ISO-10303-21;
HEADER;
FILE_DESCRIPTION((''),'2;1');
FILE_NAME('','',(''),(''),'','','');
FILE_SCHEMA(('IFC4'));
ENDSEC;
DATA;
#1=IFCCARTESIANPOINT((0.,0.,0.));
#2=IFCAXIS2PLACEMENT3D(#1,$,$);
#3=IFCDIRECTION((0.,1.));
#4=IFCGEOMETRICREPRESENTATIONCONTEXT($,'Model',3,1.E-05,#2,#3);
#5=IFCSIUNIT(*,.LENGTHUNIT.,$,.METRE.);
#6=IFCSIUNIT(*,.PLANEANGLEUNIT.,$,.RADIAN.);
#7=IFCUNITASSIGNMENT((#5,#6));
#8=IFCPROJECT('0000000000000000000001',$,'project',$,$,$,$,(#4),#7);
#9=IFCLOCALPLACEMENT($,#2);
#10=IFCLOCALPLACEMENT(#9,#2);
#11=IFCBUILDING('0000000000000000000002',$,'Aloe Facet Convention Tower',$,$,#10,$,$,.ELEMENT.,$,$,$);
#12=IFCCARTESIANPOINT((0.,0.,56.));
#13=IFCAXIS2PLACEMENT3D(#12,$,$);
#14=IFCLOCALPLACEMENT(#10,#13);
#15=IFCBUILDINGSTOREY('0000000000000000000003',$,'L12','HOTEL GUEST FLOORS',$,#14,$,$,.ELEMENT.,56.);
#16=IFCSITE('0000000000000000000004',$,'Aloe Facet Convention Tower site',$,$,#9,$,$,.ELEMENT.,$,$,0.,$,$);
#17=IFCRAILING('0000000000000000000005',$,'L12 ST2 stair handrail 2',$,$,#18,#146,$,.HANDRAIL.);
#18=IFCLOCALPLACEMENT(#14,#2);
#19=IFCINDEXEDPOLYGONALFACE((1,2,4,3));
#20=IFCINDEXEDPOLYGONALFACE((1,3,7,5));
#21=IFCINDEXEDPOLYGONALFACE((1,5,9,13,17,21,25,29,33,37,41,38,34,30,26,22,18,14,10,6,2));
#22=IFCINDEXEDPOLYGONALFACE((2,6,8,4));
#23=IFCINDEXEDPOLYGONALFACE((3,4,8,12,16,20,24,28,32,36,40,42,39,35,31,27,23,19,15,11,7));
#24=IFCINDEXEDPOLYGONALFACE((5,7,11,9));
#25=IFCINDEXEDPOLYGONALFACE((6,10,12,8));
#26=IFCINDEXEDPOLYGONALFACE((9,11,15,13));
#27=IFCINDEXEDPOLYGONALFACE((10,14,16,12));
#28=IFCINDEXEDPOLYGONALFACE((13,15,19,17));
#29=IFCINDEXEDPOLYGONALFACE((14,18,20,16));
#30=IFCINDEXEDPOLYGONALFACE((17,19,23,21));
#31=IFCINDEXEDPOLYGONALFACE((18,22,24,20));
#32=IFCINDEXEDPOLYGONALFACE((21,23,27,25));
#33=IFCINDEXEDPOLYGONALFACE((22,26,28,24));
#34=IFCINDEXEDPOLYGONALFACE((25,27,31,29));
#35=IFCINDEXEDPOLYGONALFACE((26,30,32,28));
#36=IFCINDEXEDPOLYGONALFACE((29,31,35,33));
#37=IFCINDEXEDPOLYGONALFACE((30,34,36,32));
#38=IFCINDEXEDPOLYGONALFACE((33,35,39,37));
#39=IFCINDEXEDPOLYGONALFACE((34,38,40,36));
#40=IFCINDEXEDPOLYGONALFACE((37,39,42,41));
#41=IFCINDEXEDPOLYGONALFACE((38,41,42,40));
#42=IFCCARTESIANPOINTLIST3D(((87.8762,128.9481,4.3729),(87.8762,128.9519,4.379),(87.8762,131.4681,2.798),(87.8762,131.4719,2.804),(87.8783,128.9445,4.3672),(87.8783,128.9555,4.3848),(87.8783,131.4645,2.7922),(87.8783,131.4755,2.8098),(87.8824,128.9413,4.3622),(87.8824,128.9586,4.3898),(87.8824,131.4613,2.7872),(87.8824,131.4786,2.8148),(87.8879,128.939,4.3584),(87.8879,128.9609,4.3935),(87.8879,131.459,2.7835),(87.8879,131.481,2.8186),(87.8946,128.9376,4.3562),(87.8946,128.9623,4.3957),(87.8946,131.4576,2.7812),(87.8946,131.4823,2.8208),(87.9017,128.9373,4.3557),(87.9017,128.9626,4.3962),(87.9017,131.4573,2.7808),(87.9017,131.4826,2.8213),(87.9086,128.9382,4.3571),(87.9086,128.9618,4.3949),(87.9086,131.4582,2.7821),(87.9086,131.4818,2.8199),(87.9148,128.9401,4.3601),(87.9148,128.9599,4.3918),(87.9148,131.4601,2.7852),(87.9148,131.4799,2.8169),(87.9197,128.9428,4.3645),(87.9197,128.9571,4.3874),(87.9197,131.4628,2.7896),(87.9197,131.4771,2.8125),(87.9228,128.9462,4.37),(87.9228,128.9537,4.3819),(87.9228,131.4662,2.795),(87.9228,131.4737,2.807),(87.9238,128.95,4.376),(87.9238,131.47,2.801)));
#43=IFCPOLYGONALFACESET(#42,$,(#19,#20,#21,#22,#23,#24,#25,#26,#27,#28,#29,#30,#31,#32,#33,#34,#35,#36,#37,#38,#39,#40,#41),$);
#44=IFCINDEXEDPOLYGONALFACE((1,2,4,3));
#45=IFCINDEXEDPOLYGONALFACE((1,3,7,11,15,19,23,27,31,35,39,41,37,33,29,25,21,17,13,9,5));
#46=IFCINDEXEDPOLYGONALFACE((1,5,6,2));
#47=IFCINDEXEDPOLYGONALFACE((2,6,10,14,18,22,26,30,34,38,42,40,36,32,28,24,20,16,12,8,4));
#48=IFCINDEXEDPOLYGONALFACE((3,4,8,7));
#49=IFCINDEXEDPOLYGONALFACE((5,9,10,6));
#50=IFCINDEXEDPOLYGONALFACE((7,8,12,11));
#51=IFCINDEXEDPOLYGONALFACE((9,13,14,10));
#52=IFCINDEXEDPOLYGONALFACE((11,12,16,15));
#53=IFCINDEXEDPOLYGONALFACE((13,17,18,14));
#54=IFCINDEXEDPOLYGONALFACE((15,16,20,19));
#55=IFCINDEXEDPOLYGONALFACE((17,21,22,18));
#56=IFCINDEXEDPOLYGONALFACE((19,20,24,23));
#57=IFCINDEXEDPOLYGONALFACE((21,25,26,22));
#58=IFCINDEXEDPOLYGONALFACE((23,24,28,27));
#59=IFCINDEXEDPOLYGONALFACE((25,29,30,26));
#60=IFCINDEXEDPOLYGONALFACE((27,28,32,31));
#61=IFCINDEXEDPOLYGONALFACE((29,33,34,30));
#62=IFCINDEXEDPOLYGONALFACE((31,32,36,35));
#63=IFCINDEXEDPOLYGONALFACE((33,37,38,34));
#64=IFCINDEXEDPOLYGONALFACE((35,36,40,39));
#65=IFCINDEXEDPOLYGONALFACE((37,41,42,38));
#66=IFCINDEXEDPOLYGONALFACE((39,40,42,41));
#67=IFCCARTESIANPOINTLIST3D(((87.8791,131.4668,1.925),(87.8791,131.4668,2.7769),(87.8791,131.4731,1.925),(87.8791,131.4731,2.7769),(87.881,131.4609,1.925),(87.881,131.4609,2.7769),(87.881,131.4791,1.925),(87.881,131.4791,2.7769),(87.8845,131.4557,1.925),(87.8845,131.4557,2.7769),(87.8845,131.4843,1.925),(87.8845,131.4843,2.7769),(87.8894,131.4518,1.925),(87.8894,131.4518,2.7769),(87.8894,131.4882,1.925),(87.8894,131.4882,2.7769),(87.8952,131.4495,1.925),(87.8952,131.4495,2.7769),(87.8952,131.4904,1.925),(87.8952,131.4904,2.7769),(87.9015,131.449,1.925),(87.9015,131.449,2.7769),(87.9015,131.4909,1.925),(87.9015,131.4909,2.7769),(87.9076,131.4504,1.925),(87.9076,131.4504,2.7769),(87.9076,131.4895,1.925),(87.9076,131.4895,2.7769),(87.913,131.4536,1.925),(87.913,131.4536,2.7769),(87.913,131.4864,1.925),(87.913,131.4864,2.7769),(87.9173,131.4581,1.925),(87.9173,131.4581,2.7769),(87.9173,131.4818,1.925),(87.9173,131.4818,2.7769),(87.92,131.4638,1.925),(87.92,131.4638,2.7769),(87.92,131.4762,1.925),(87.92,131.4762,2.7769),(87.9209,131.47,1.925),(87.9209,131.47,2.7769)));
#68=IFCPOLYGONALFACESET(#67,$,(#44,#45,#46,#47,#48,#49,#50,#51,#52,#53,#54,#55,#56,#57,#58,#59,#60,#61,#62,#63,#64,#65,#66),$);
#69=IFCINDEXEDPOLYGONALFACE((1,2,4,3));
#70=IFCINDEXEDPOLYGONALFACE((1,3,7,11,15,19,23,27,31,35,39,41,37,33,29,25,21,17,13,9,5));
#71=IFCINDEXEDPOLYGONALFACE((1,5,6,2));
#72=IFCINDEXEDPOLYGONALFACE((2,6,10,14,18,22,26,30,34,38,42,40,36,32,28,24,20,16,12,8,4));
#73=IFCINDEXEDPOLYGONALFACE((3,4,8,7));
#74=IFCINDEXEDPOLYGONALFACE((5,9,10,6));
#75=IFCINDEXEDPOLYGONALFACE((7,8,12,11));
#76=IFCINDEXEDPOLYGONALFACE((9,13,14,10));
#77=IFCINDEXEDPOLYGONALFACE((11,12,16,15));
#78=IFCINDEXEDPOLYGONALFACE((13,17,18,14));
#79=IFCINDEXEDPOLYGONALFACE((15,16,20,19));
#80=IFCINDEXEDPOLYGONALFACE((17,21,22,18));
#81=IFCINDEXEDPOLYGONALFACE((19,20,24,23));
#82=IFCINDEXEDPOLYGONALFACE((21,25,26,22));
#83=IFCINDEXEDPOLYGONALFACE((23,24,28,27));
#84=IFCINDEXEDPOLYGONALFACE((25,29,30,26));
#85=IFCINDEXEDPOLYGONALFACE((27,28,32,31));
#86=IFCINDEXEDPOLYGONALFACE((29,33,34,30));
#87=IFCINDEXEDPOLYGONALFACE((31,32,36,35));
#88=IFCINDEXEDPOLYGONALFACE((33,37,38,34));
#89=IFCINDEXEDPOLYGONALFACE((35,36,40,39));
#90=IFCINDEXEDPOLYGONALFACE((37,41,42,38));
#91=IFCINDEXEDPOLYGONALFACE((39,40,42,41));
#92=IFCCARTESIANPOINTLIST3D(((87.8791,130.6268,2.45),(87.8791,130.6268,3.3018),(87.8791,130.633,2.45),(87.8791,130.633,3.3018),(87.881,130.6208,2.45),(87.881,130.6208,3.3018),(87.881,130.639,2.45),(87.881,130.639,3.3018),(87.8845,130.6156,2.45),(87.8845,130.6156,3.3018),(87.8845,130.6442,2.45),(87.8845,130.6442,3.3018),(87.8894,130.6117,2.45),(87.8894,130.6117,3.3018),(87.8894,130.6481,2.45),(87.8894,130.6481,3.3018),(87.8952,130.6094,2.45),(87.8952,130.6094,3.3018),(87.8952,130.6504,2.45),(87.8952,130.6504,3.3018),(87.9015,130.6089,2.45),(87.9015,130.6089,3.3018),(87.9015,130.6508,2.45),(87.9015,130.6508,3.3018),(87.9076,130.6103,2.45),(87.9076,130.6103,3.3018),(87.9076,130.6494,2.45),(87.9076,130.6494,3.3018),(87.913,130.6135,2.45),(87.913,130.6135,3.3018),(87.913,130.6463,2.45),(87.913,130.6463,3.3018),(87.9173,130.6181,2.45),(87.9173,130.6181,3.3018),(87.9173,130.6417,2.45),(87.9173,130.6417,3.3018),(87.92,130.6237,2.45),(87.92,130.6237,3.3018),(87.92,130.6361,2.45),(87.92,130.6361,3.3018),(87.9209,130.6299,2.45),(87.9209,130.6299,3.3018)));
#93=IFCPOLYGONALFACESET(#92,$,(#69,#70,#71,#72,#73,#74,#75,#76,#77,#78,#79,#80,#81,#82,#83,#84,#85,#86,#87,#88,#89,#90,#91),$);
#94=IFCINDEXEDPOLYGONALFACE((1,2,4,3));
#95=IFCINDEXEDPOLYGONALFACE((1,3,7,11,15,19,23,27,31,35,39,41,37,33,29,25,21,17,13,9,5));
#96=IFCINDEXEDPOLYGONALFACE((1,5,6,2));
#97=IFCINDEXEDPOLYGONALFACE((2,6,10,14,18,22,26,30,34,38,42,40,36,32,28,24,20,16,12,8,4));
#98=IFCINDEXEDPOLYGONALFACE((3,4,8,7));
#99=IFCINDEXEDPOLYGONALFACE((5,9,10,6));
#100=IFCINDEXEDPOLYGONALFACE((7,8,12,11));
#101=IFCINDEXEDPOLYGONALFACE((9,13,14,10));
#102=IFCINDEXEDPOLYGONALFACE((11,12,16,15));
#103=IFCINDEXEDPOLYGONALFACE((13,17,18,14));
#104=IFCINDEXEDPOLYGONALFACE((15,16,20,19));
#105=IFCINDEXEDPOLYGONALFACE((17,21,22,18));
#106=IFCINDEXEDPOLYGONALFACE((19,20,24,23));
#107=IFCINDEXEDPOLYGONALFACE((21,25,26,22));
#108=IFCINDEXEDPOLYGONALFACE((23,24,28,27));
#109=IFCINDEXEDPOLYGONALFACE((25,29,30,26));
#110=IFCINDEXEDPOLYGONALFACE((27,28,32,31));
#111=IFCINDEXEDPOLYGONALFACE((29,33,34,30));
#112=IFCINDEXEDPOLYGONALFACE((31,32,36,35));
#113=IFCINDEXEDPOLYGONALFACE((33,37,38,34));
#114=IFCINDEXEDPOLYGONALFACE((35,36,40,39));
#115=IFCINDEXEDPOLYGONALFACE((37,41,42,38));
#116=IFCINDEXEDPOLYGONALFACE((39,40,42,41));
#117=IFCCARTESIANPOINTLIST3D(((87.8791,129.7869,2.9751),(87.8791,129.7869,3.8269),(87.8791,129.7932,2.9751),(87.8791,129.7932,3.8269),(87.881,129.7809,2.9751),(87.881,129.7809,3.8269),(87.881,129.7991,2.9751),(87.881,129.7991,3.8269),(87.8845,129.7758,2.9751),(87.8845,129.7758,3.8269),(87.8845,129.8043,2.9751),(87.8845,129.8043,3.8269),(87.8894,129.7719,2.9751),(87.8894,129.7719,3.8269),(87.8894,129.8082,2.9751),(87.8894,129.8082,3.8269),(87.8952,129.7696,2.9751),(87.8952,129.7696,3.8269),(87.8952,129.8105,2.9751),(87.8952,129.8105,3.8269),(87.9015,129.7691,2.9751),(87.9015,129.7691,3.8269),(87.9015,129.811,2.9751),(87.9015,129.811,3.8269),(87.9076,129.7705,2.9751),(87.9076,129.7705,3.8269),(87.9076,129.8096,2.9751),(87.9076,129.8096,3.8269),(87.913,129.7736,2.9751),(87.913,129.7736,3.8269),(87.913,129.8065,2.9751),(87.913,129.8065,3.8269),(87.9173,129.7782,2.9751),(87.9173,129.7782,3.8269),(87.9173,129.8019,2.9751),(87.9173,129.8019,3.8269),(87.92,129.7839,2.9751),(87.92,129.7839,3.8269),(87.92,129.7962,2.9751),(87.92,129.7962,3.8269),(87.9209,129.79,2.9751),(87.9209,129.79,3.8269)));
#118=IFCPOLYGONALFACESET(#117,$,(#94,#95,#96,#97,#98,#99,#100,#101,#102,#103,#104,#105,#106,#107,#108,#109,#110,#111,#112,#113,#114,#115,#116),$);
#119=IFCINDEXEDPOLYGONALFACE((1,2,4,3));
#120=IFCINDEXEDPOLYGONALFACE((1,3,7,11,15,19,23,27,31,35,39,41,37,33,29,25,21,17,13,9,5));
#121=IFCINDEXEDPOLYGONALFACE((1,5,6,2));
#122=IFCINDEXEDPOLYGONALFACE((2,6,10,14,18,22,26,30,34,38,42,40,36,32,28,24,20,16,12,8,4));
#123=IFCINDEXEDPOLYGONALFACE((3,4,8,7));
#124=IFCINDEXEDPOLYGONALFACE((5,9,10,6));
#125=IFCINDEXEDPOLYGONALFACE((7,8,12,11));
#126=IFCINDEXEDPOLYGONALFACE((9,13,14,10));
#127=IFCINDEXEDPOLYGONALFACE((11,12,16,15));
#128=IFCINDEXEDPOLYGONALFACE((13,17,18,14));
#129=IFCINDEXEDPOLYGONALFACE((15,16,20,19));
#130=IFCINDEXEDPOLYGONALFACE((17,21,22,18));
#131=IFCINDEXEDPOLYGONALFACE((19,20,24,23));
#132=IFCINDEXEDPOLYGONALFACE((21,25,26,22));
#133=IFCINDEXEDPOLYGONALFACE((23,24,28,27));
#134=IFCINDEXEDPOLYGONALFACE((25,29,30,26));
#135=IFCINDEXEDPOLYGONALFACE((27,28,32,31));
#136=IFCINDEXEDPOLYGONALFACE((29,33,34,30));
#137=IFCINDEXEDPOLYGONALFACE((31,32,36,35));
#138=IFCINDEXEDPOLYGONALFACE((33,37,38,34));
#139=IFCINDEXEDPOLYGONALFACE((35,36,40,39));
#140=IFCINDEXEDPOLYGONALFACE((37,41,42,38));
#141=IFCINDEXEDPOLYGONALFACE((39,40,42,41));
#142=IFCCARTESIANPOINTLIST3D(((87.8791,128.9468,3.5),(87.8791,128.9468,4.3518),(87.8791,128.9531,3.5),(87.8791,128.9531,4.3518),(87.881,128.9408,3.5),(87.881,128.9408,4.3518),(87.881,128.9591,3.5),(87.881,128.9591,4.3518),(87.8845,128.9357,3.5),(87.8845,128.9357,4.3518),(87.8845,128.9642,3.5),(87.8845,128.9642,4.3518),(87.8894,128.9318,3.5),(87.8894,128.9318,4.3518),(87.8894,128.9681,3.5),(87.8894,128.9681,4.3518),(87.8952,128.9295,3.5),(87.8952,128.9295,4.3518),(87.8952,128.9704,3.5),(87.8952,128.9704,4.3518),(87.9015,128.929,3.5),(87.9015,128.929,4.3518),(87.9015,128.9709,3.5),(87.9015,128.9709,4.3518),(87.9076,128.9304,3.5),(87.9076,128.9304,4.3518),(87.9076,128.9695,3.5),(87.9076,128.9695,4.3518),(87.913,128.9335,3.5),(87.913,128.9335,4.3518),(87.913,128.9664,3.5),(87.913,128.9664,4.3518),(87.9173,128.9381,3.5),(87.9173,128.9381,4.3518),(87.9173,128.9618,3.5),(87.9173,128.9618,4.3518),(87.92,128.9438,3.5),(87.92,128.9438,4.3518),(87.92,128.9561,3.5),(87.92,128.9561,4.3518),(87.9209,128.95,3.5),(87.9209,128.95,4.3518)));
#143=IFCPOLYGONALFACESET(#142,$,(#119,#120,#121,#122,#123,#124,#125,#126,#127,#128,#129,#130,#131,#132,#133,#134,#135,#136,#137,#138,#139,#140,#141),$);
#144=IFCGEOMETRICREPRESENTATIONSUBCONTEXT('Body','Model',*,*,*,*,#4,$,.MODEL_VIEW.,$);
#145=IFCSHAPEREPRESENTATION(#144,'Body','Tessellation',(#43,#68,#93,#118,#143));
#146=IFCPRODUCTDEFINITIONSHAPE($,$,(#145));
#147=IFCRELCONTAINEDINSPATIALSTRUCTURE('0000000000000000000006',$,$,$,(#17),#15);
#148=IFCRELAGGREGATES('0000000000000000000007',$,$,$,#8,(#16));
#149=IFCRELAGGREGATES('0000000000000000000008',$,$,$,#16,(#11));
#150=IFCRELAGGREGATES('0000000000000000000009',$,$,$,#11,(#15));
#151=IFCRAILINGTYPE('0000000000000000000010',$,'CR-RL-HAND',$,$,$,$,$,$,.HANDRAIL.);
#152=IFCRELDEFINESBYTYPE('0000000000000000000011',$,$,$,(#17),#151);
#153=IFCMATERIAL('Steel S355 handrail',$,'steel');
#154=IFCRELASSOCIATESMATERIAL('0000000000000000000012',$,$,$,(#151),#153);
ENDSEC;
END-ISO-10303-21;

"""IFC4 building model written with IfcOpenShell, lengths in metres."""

from ifc_helpers import new_model, si_unit, direction, frame, origin, origin_2d, place, context, subcontext, project, spatial, circle, extrude, material, type_object, element, save


model = new_model("IFC4")

# Units and contexts
model_context = context("Model", 3, precision=1e-05, world=origin(), true_north=direction((0.0, 1.0)))
body_context = subcontext(model_context, "Body", "Model", "MODEL_VIEW")
ifc_project = project(units=[si_unit("LENGTHUNIT", "METRE"), si_unit("PLANEANGLEUNIT", "RADIAN")], contexts=[model_context])

# Site, building, storey
site_placement = place(None, origin())
site = spatial("IfcSite", under=ifc_project, at=site_placement, Name="Aloe Facet Convention Tower site", CompositionType="ELEMENT", RefElevation=0.0)
building_placement = place(site_placement, origin())
building = spatial("IfcBuilding", under=site, at=building_placement, Name="Aloe Facet Convention Tower", CompositionType="ELEMENT")
storey_placement = place(building_placement, frame((0.0, 0.0, 56.0)))
storey = spatial("IfcBuildingStorey", under=building, at=storey_placement, Name="L12", Description="HOTEL GUEST FLOORS", CompositionType="ELEMENT", Elevation=56.0)

# Railing
ifc_material_1 = material(Name="Steel S355 handrail", Category="steel")
railing_type_1 = type_object("IfcRailingType", Name="CR-RL-HAND", PredefinedType="HANDRAIL", material=ifc_material_1)
railing_1_placement = place(storey_placement, frame((87.8999, 131.47, 1.925)))
element("IfcRailing", 1, at=railing_1_placement, inside=storey, type_object=railing_type_1, Name="L12 ST2 stair handrail 2", PredefinedType="HANDRAIL", context=body_context, shape_type="SweptSolid", body=[
    extrude(circle(Radius=0.0239, at=origin_2d()), frame((0.0, 0.0, 0.876), z_axis=(0.0, -0.848008, 0.529984), x_axis=(1.0, 0.0, 0.0)), (0.0, 0.0, 1.0), 2.9717),
    extrude(circle(Radius=0.021, at=origin_2d()), origin(), (0.0, 0.0, 1.0), 0.8518),
    extrude(circle(Radius=0.021, at=origin_2d()), frame((0.0, -0.8401, 0.5249)), (0.0, 0.0, 1.0), 0.8518),
    extrude(circle(Radius=0.021, at=origin_2d()), frame((0.0, -1.6799, 1.05)), (0.0, 0.0, 1.0), 0.8518),
    extrude(circle(Radius=0.021, at=origin_2d()), frame((0.0, -2.52, 1.575)), (0.0, 0.0, 1.0), 0.8518),
])

save(model, "model.ifc")
